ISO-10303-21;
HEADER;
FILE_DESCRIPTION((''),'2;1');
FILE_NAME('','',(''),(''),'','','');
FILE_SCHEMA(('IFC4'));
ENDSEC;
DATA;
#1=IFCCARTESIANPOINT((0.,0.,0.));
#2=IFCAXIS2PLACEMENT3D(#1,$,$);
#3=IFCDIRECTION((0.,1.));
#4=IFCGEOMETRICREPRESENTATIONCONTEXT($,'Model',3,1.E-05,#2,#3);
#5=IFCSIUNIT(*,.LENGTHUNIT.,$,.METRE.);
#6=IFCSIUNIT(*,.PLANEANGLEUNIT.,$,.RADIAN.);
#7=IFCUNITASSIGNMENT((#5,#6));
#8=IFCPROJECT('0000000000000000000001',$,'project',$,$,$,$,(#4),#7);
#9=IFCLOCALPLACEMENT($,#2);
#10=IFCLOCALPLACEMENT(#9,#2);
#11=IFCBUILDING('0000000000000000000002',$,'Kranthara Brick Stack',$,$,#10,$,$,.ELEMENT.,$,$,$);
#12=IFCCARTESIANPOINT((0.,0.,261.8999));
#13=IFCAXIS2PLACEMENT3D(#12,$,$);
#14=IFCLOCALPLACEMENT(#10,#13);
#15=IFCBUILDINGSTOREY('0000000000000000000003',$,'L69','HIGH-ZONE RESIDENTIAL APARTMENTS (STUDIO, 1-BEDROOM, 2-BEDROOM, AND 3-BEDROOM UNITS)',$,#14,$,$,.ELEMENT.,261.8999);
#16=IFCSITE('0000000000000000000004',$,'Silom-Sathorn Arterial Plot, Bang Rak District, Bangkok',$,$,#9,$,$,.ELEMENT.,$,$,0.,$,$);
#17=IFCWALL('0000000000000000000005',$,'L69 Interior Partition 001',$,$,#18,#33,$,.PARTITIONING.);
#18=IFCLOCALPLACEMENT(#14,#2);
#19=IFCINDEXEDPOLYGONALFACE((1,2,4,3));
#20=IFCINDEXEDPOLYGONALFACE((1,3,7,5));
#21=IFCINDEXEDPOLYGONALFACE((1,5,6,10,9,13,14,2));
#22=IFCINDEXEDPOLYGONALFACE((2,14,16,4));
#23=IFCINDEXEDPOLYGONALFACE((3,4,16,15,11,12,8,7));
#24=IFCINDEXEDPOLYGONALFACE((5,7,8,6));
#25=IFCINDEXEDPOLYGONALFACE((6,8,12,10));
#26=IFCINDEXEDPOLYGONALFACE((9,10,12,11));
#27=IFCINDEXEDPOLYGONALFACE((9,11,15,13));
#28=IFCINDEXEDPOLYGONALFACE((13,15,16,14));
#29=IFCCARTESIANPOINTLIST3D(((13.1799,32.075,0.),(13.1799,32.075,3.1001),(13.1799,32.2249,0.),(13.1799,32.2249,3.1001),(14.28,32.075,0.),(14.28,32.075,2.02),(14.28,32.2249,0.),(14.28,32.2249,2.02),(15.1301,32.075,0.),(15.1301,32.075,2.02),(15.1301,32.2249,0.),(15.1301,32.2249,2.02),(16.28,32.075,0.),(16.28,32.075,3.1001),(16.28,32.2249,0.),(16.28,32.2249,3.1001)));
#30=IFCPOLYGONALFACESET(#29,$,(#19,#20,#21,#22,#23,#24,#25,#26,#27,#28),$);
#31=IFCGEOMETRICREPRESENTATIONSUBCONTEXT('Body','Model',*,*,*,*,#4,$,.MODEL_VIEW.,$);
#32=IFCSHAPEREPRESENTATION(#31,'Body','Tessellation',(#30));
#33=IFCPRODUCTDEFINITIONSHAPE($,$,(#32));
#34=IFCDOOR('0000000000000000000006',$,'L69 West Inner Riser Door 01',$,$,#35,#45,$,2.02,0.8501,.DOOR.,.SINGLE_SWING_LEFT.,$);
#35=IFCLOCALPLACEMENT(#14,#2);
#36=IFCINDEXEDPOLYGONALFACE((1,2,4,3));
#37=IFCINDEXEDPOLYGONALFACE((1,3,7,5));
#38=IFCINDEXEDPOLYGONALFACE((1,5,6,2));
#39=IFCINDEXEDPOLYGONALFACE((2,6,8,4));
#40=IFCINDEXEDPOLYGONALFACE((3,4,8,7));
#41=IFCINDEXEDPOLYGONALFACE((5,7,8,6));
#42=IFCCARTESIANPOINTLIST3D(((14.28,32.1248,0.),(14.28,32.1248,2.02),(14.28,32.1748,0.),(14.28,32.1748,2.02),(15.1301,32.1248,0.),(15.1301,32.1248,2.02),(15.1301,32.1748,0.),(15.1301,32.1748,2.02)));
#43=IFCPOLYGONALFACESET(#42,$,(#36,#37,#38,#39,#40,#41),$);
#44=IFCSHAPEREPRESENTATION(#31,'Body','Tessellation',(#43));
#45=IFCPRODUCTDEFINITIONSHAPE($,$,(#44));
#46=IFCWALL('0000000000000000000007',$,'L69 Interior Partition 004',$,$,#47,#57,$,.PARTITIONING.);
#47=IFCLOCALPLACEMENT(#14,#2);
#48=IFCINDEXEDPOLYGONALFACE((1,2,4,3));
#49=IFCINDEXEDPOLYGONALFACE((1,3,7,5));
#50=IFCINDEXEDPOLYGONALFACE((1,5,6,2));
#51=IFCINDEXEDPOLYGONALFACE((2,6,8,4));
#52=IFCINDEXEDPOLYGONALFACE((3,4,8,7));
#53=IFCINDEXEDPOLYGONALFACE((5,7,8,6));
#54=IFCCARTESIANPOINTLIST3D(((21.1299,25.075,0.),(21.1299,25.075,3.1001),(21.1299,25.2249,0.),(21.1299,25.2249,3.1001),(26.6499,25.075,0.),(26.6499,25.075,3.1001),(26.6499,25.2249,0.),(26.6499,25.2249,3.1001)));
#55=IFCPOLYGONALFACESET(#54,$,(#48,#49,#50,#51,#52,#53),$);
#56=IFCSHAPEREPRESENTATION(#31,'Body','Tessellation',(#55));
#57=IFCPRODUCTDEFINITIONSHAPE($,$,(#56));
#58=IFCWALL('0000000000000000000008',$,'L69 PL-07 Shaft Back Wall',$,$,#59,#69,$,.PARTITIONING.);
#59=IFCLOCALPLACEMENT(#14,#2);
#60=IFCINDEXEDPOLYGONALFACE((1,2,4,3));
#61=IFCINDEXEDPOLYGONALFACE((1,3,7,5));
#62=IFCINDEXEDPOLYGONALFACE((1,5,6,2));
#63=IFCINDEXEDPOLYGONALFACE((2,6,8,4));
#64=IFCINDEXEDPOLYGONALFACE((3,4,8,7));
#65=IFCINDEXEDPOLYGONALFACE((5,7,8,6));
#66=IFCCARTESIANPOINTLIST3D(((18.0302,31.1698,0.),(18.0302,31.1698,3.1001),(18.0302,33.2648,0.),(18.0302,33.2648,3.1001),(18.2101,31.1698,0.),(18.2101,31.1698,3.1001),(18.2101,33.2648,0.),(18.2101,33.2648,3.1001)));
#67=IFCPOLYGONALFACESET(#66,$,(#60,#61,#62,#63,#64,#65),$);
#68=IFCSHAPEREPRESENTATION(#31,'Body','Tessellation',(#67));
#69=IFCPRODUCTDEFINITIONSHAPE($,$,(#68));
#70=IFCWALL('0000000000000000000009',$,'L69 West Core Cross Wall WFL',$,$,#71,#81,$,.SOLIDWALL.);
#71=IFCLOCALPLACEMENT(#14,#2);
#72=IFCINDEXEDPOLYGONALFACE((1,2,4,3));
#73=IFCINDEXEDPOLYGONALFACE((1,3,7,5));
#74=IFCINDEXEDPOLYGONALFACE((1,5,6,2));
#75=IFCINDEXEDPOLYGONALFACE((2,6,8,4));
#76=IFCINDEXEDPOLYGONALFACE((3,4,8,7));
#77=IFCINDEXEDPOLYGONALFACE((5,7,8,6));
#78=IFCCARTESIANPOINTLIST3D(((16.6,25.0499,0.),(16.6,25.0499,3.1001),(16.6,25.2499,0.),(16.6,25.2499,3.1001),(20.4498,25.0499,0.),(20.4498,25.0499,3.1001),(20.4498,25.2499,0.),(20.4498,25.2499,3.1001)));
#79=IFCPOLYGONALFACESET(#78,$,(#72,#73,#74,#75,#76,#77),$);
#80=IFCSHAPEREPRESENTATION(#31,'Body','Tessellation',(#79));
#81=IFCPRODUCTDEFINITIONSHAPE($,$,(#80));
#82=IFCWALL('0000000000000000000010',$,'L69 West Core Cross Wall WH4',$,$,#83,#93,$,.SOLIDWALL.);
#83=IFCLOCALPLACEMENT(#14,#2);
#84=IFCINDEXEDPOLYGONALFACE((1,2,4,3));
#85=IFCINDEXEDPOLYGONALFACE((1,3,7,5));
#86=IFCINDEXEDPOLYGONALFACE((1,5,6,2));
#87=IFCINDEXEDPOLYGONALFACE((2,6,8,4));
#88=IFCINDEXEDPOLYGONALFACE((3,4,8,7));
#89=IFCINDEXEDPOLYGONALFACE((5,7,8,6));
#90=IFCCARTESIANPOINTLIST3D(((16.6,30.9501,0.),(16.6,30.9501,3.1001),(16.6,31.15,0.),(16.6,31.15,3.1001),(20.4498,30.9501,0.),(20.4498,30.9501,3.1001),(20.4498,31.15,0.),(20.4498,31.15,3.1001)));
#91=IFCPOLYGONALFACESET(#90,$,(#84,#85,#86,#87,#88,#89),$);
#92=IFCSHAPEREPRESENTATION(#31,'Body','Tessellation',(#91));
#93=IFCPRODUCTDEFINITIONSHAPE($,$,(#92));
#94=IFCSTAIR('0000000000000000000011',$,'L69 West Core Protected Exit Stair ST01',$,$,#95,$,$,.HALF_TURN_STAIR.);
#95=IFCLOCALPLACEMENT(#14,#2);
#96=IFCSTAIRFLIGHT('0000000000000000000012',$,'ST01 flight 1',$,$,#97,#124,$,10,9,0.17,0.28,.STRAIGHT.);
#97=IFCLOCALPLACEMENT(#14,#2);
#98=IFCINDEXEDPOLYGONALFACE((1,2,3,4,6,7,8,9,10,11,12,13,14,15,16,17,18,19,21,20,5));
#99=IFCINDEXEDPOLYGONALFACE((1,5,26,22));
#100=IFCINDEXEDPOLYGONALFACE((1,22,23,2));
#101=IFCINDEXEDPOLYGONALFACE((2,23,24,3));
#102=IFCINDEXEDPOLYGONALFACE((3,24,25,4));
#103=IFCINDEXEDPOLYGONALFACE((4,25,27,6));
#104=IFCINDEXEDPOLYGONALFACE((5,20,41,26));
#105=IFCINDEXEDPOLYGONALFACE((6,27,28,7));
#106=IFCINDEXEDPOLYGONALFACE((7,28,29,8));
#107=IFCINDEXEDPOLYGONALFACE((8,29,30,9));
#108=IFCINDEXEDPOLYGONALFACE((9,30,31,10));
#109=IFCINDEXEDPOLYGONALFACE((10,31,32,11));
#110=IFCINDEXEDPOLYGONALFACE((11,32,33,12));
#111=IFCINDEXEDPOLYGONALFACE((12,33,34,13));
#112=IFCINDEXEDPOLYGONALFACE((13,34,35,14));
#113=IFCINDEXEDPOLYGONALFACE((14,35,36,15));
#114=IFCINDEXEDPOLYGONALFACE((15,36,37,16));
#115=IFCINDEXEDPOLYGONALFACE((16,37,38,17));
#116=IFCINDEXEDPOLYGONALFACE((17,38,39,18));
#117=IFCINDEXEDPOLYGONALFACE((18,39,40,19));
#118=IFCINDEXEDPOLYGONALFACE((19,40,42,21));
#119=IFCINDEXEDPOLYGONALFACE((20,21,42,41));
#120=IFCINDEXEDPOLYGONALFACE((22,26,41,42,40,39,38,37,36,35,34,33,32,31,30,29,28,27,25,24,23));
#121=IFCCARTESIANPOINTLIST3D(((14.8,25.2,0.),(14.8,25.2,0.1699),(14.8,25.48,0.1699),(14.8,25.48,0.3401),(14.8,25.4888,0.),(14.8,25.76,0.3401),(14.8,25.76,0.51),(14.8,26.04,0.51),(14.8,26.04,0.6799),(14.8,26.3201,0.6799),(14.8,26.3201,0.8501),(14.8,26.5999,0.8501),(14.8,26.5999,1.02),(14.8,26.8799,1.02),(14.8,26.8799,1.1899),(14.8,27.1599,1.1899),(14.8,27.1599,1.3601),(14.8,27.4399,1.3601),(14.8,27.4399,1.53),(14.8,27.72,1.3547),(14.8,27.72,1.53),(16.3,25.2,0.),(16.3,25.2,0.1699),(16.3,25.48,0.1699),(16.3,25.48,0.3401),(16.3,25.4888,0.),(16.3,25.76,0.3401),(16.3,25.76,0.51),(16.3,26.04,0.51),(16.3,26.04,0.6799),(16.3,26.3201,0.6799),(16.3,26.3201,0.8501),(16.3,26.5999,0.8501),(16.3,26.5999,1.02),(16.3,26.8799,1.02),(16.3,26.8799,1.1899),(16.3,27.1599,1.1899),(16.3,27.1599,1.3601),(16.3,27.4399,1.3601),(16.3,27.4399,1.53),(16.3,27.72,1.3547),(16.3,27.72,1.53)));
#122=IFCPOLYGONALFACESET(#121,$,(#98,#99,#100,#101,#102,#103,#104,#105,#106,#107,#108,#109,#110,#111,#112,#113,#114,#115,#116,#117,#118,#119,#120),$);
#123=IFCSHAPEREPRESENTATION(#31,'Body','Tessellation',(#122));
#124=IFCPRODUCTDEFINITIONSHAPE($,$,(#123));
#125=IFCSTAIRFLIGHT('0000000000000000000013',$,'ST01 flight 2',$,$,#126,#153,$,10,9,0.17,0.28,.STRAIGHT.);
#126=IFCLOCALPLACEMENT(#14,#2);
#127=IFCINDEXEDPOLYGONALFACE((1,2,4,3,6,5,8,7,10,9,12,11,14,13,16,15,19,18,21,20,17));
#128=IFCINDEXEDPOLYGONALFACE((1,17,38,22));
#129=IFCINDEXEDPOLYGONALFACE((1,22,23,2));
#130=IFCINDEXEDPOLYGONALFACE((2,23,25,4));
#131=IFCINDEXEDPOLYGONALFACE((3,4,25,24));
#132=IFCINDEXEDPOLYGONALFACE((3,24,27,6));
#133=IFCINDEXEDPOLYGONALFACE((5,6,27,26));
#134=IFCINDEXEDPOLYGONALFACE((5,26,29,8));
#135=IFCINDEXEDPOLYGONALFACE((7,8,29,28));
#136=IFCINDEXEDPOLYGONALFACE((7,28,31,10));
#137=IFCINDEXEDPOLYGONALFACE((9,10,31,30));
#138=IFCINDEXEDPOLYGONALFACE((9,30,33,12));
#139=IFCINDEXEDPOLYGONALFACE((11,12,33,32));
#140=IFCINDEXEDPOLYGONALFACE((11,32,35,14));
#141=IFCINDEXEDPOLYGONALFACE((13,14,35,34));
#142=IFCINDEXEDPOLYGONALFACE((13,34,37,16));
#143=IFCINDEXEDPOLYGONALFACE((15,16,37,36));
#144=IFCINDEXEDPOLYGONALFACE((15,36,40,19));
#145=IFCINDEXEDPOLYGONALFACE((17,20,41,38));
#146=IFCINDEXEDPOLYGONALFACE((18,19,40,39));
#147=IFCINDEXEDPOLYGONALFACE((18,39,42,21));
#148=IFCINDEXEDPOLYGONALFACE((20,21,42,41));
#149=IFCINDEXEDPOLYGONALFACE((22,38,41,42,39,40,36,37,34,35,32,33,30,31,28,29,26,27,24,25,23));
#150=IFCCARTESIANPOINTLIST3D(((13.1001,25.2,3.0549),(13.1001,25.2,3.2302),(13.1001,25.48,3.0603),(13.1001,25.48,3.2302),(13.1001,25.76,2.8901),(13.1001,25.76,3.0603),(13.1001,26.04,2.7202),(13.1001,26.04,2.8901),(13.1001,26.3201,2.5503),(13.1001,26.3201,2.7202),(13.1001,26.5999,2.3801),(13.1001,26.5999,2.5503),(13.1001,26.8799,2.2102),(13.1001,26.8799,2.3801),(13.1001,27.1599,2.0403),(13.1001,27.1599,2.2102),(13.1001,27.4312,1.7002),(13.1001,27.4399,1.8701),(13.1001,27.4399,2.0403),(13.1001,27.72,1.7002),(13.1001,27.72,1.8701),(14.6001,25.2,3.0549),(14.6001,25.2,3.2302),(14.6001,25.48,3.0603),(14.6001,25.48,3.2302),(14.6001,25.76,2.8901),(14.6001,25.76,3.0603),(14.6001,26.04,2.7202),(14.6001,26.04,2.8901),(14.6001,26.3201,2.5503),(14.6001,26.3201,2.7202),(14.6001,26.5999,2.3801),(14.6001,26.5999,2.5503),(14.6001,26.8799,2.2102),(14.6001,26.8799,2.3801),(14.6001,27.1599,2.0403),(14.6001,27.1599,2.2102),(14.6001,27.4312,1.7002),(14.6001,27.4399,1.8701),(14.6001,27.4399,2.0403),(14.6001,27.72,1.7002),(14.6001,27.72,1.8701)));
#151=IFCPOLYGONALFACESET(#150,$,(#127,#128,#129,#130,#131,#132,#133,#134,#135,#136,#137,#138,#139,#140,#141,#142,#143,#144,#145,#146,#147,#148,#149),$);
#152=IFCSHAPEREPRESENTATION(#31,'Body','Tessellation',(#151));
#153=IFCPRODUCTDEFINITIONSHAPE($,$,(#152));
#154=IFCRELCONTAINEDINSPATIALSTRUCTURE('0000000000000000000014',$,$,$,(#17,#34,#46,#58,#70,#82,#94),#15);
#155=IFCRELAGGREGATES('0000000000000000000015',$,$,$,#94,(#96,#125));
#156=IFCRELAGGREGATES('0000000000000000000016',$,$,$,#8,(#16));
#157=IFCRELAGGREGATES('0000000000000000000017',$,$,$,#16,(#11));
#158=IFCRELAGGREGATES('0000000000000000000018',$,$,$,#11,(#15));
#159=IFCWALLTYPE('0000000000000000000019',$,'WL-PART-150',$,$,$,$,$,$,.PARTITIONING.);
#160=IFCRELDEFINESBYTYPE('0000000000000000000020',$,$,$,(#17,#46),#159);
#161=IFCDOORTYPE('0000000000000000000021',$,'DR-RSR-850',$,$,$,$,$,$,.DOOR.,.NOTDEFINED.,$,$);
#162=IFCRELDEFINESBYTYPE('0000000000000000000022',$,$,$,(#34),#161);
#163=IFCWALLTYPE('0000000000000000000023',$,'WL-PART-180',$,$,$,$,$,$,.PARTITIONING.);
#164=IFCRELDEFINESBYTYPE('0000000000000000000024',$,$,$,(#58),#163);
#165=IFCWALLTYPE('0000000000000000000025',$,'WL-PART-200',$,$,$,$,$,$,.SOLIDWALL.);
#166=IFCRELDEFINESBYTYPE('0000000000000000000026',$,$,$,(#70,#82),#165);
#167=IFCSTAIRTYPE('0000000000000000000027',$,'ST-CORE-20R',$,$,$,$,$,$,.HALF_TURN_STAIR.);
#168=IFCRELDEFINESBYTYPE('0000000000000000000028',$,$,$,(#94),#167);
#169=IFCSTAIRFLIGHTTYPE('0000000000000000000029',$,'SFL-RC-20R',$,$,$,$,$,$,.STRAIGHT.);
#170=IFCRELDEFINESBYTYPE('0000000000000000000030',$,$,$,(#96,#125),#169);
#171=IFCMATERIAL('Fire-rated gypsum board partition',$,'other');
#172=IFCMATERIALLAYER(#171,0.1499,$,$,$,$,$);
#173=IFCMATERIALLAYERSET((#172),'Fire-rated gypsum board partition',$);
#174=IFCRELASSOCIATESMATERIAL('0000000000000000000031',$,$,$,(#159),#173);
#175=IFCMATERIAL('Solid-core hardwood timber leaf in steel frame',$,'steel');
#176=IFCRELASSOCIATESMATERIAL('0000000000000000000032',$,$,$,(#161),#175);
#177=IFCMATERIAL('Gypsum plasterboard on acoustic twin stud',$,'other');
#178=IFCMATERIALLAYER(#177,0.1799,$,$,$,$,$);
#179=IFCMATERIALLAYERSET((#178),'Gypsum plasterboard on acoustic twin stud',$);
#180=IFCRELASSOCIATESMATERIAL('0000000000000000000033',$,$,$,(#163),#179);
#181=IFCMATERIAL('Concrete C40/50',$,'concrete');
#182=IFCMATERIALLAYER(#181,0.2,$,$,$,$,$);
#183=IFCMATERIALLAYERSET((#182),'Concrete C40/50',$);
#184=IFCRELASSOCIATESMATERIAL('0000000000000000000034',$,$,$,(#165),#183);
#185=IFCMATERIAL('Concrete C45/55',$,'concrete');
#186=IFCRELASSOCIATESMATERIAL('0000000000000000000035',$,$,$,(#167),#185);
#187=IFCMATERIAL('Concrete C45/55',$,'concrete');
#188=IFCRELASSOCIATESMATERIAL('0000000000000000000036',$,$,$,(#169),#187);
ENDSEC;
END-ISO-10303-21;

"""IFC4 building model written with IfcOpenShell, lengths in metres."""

from ifc_helpers import new_model, si_unit, direction, frame, frame_2d, origin, place, context, subcontext, project, spatial, polyline, rectangle, outline, extrude, material, layer, layer_set, type_object, element, fill, aggregate, save


model = new_model("IFC4")

# Units and contexts
model_context = context("Model", 3, precision=1e-05, world=origin(), true_north=direction((0.0, 1.0)))
body_context = subcontext(model_context, "Body", "Model", "MODEL_VIEW")
ifc_project = project(units=[si_unit("LENGTHUNIT", "METRE"), si_unit("PLANEANGLEUNIT", "RADIAN")], contexts=[model_context])

# Site, building, storey
site_placement = place(None, origin())
site = spatial("IfcSite", under=ifc_project, at=site_placement, Name="Silom-Sathorn Arterial Plot, Bang Rak District, Bangkok", CompositionType="ELEMENT", RefElevation=0.0)
building_placement = place(site_placement, origin())
building = spatial("IfcBuilding", under=site, at=building_placement, Name="Kranthara Brick Stack", CompositionType="ELEMENT")
storey_placement = place(building_placement, frame((0.0, 0.0, 261.8999)))
storey = spatial("IfcBuildingStorey", under=building, at=storey_placement, Name="L69", Description="HIGH-ZONE RESIDENTIAL APARTMENTS (STUDIO, 1-BEDROOM, 2-BEDROOM, AND 3-BEDROOM UNITS)", CompositionType="ELEMENT", Elevation=261.8999)

# Wall, opening, door
ifc_material_1 = material(Name="Fire-rated gypsum board partition", Category="other")
ifc_layer_1 = layer(ifc_material_1, 0.1499)
ifc_layer_set_1 = layer_set([ifc_layer_1], Name="Fire-rated gypsum board partition")
wall_type_1 = type_object("IfcWallType", Name="WL-PART-150", PredefinedType="PARTITIONING", material=ifc_layer_set_1)
wall_1_placement = place(storey_placement, frame((13.1799, 32.1499, 0.0), z_axis=(0.0, 0.0, 1.0), x_axis=(1.0, 0.0, 0.0)))
wall_1 = element("IfcWall", 1, at=wall_1_placement, inside=storey, type_object=wall_type_1, Name="L69 Interior Partition 001", PredefinedType="PARTITIONING", context=body_context, shape_type="SweptSolid", body=[
    extrude(rectangle(XDim=3.1001, YDim=0.1499, at=frame_2d((1.55, 0.0))), origin(), (0.0, 0.0, 1.0), 3.1001),
])
opening_1_placement = place(wall_1_placement, frame((1.1001, 0.0, 0.0)))
opening_1 = element("IfcOpeningElement", 2, at=opening_1_placement, cuts=wall_1, PredefinedType="OPENING", context=body_context, shape_type="SweptSolid", body=[
    extrude(rectangle(XDim=0.8501, YDim=2.02, at=frame_2d((0.425, 1.01))), frame((0.0, 0.085, 0.0), z_axis=(0.0, -1.0, 0.0), x_axis=(1.0, 0.0, 0.0)), (0.0, 0.0, 1.0), 0.1699),
])
ifc_material_2 = material(Name="Solid-core hardwood timber leaf in steel frame", Category="steel")
door_type_1 = type_object("IfcDoorType", Name="DR-RSR-850", OperationType="NOTDEFINED", PredefinedType="DOOR", material=ifc_material_2)
door_1_placement = place(opening_1_placement, origin())
door_1 = element("IfcDoor", 3, at=door_1_placement, inside=storey, type_object=door_type_1, Name="L69 West Inner Riser Door 01", OperationType="SINGLE_SWING_LEFT", OverallHeight=2.02, OverallWidth=0.8501, PredefinedType="DOOR", context=body_context, shape_type="SweptSolid", body=[
    extrude(rectangle(XDim=0.8501, YDim=2.02, at=frame_2d((0.425, 1.01))), frame((0.0, 0.0249, 0.0), z_axis=(0.0, -1.0, 0.0), x_axis=(1.0, 0.0, 0.0)), (0.0, 0.0, 1.0), 0.05),
])
fill(opening_1, door_1)

# Walls
wall_2_placement = place(storey_placement, frame((21.1299, 25.1499, 0.0), z_axis=(0.0, 0.0, 1.0), x_axis=(1.0, 0.0, 0.0)))
element("IfcWall", 4, at=wall_2_placement, inside=storey, type_object=wall_type_1, Name="L69 Interior Partition 004", PredefinedType="PARTITIONING", context=body_context, shape_type="SweptSolid", body=[
    extrude(rectangle(XDim=5.52, YDim=0.1499, at=frame_2d((2.76, 0.0))), origin(), (0.0, 0.0, 1.0), 3.1001),
])
ifc_material_3 = material(Name="Gypsum plasterboard on acoustic twin stud", Category="other")
ifc_layer_2 = layer(ifc_material_3, 0.1799)
ifc_layer_set_2 = layer_set([ifc_layer_2], Name="Gypsum plasterboard on acoustic twin stud")
wall_type_2 = type_object("IfcWallType", Name="WL-PART-180", PredefinedType="PARTITIONING", material=ifc_layer_set_2)
wall_3_placement = place(storey_placement, frame((18.1201, 31.1699, 0.0), z_axis=(0.0, 0.0, 1.0), x_axis=(0.0, 1.0, 0.0)))
element("IfcWall", 5, at=wall_3_placement, inside=storey, type_object=wall_type_2, Name="L69 PL-07 Shaft Back Wall", PredefinedType="PARTITIONING", context=body_context, shape_type="SweptSolid", body=[
    extrude(rectangle(XDim=2.095, YDim=0.1799, at=frame_2d((1.0474, 0.0))), origin(), (0.0, 0.0, 1.0), 3.1001),
])
ifc_material_4 = material(Name="Concrete C40/50", Category="concrete")
ifc_layer_3 = layer(ifc_material_4, 0.2)
ifc_layer_set_3 = layer_set([ifc_layer_3], Name="Concrete C40/50")
wall_type_3 = type_object("IfcWallType", Name="WL-PART-200", PredefinedType="SOLIDWALL", material=ifc_layer_set_3)
for number, where, z_axis, x_axis, name in (
    (6, (16.6001, 25.1499, 0.0), (0.0, 0.0, 1.0), (1.0, 0.0, 0.0), "L69 West Core Cross Wall WFL"),
    (7, (16.6001, 31.05, 0.0), (0.0, 0.0, 1.0), (1.0, 0.0, 0.0), "L69 West Core Cross Wall WH4"),
):
    element("IfcWall", number, at=place(storey_placement, frame(where, z_axis=z_axis, x_axis=x_axis)), inside=storey, type_object=wall_type_3, Name=name, PredefinedType="SOLIDWALL", context=body_context, shape_type="SweptSolid", body=[
        extrude(rectangle(XDim=3.8499, YDim=0.2, at=frame_2d((1.9248, 0.0))), origin(), (0.0, 0.0, 1.0), 3.1001),
    ])

# Stair, stair flights
ifc_material_5 = material(Name="Concrete C45/55", Category="concrete")
stair_type = type_object("IfcStairType", Name="ST-CORE-20R", PredefinedType="HALF_TURN_STAIR", material=ifc_material_5)
stair_placement = place(storey_placement, origin())
stair = element("IfcStair", 8, at=stair_placement, inside=storey, type_object=stair_type, Name="L69 West Core Protected Exit Stair ST01", PredefinedType="HALF_TURN_STAIR")
ifc_material_6 = material(Name="Concrete C45/55", Category="concrete")
stair_flight_type = type_object("IfcStairFlightType", Name="SFL-RC-20R", PredefinedType="STRAIGHT", material=ifc_material_6)
stair_flight_1_placement = place(storey_placement, frame((15.55, 25.2, 0.0), z_axis=(0.0, 0.0, 1.0), x_axis=(0.0, 1.0, 0.0)))
stair_flight_1 = element("IfcStairFlight", 9, at=stair_flight_1_placement, type_object=stair_flight_type, Name="ST01 flight 1", NumberOfRisers=10, NumberOfTreads=9, PredefinedType="STRAIGHT", RiserHeight=0.17, TreadLength=0.28, context=body_context, shape_type="SweptSolid", body=[
    extrude(outline(polyline([(0.0, 0.0), (0.0, 0.1699), (0.28, 0.1699), (0.28, 0.3401), (0.5601, 0.3401), (0.5601, 0.51), (0.8401, 0.51), (0.8401, 0.6799), (1.1201, 0.6799), (1.1201, 0.8501), (1.3999, 0.8501), (1.3999, 1.02), (1.6799, 1.02), (1.6799, 1.1899), (1.96, 1.1899), (1.96, 1.3601), (2.24, 1.3601), (2.24, 1.53), (2.52, 1.53), (2.52, 1.7), (2.52, 1.3547), (0.2888, 0.0), (0.0, 0.0)])), frame((0.0, 0.75, 0.0), z_axis=(0.0, -1.0, 0.0), x_axis=(1.0, 0.0, 0.0)), (0.0, 0.0, 1.0), 1.5),
])
stair_flight_2_placement = place(storey_placement, frame((13.8501, 27.72, 1.7002), z_axis=(0.0, 0.0, 1.0), x_axis=(0.0, -1.0, 0.0)))
stair_flight_2 = element("IfcStairFlight", 10, at=stair_flight_2_placement, type_object=stair_flight_type, Name="ST01 flight 2", NumberOfRisers=10, NumberOfTreads=9, PredefinedType="STRAIGHT", RiserHeight=0.17, TreadLength=0.28, context=body_context, shape_type="SweptSolid", body=[
    extrude(outline(polyline([(0.0, 0.0), (0.0, 0.1699), (0.28, 0.1699), (0.28, 0.3401), (0.5601, 0.3401), (0.5601, 0.51), (0.8401, 0.51), (0.8401, 0.6799), (1.1201, 0.6799), (1.1201, 0.8501), (1.3999, 0.8501), (1.3999, 1.02), (1.6799, 1.02), (1.6799, 1.1899), (1.96, 1.1899), (1.96, 1.3601), (2.24, 1.3601), (2.24, 1.53), (2.52, 1.53), (2.52, 1.7), (2.52, 1.3547), (0.2888, 0.0), (0.0, 0.0)])), frame((0.0, 0.75, 0.0), z_axis=(0.0, -1.0, 0.0), x_axis=(1.0, 0.0, 0.0)), (0.0, 0.0, 1.0), 1.5),
])
aggregate(stair, [stair_flight_1, stair_flight_2])

save(model, "model.ifc")
